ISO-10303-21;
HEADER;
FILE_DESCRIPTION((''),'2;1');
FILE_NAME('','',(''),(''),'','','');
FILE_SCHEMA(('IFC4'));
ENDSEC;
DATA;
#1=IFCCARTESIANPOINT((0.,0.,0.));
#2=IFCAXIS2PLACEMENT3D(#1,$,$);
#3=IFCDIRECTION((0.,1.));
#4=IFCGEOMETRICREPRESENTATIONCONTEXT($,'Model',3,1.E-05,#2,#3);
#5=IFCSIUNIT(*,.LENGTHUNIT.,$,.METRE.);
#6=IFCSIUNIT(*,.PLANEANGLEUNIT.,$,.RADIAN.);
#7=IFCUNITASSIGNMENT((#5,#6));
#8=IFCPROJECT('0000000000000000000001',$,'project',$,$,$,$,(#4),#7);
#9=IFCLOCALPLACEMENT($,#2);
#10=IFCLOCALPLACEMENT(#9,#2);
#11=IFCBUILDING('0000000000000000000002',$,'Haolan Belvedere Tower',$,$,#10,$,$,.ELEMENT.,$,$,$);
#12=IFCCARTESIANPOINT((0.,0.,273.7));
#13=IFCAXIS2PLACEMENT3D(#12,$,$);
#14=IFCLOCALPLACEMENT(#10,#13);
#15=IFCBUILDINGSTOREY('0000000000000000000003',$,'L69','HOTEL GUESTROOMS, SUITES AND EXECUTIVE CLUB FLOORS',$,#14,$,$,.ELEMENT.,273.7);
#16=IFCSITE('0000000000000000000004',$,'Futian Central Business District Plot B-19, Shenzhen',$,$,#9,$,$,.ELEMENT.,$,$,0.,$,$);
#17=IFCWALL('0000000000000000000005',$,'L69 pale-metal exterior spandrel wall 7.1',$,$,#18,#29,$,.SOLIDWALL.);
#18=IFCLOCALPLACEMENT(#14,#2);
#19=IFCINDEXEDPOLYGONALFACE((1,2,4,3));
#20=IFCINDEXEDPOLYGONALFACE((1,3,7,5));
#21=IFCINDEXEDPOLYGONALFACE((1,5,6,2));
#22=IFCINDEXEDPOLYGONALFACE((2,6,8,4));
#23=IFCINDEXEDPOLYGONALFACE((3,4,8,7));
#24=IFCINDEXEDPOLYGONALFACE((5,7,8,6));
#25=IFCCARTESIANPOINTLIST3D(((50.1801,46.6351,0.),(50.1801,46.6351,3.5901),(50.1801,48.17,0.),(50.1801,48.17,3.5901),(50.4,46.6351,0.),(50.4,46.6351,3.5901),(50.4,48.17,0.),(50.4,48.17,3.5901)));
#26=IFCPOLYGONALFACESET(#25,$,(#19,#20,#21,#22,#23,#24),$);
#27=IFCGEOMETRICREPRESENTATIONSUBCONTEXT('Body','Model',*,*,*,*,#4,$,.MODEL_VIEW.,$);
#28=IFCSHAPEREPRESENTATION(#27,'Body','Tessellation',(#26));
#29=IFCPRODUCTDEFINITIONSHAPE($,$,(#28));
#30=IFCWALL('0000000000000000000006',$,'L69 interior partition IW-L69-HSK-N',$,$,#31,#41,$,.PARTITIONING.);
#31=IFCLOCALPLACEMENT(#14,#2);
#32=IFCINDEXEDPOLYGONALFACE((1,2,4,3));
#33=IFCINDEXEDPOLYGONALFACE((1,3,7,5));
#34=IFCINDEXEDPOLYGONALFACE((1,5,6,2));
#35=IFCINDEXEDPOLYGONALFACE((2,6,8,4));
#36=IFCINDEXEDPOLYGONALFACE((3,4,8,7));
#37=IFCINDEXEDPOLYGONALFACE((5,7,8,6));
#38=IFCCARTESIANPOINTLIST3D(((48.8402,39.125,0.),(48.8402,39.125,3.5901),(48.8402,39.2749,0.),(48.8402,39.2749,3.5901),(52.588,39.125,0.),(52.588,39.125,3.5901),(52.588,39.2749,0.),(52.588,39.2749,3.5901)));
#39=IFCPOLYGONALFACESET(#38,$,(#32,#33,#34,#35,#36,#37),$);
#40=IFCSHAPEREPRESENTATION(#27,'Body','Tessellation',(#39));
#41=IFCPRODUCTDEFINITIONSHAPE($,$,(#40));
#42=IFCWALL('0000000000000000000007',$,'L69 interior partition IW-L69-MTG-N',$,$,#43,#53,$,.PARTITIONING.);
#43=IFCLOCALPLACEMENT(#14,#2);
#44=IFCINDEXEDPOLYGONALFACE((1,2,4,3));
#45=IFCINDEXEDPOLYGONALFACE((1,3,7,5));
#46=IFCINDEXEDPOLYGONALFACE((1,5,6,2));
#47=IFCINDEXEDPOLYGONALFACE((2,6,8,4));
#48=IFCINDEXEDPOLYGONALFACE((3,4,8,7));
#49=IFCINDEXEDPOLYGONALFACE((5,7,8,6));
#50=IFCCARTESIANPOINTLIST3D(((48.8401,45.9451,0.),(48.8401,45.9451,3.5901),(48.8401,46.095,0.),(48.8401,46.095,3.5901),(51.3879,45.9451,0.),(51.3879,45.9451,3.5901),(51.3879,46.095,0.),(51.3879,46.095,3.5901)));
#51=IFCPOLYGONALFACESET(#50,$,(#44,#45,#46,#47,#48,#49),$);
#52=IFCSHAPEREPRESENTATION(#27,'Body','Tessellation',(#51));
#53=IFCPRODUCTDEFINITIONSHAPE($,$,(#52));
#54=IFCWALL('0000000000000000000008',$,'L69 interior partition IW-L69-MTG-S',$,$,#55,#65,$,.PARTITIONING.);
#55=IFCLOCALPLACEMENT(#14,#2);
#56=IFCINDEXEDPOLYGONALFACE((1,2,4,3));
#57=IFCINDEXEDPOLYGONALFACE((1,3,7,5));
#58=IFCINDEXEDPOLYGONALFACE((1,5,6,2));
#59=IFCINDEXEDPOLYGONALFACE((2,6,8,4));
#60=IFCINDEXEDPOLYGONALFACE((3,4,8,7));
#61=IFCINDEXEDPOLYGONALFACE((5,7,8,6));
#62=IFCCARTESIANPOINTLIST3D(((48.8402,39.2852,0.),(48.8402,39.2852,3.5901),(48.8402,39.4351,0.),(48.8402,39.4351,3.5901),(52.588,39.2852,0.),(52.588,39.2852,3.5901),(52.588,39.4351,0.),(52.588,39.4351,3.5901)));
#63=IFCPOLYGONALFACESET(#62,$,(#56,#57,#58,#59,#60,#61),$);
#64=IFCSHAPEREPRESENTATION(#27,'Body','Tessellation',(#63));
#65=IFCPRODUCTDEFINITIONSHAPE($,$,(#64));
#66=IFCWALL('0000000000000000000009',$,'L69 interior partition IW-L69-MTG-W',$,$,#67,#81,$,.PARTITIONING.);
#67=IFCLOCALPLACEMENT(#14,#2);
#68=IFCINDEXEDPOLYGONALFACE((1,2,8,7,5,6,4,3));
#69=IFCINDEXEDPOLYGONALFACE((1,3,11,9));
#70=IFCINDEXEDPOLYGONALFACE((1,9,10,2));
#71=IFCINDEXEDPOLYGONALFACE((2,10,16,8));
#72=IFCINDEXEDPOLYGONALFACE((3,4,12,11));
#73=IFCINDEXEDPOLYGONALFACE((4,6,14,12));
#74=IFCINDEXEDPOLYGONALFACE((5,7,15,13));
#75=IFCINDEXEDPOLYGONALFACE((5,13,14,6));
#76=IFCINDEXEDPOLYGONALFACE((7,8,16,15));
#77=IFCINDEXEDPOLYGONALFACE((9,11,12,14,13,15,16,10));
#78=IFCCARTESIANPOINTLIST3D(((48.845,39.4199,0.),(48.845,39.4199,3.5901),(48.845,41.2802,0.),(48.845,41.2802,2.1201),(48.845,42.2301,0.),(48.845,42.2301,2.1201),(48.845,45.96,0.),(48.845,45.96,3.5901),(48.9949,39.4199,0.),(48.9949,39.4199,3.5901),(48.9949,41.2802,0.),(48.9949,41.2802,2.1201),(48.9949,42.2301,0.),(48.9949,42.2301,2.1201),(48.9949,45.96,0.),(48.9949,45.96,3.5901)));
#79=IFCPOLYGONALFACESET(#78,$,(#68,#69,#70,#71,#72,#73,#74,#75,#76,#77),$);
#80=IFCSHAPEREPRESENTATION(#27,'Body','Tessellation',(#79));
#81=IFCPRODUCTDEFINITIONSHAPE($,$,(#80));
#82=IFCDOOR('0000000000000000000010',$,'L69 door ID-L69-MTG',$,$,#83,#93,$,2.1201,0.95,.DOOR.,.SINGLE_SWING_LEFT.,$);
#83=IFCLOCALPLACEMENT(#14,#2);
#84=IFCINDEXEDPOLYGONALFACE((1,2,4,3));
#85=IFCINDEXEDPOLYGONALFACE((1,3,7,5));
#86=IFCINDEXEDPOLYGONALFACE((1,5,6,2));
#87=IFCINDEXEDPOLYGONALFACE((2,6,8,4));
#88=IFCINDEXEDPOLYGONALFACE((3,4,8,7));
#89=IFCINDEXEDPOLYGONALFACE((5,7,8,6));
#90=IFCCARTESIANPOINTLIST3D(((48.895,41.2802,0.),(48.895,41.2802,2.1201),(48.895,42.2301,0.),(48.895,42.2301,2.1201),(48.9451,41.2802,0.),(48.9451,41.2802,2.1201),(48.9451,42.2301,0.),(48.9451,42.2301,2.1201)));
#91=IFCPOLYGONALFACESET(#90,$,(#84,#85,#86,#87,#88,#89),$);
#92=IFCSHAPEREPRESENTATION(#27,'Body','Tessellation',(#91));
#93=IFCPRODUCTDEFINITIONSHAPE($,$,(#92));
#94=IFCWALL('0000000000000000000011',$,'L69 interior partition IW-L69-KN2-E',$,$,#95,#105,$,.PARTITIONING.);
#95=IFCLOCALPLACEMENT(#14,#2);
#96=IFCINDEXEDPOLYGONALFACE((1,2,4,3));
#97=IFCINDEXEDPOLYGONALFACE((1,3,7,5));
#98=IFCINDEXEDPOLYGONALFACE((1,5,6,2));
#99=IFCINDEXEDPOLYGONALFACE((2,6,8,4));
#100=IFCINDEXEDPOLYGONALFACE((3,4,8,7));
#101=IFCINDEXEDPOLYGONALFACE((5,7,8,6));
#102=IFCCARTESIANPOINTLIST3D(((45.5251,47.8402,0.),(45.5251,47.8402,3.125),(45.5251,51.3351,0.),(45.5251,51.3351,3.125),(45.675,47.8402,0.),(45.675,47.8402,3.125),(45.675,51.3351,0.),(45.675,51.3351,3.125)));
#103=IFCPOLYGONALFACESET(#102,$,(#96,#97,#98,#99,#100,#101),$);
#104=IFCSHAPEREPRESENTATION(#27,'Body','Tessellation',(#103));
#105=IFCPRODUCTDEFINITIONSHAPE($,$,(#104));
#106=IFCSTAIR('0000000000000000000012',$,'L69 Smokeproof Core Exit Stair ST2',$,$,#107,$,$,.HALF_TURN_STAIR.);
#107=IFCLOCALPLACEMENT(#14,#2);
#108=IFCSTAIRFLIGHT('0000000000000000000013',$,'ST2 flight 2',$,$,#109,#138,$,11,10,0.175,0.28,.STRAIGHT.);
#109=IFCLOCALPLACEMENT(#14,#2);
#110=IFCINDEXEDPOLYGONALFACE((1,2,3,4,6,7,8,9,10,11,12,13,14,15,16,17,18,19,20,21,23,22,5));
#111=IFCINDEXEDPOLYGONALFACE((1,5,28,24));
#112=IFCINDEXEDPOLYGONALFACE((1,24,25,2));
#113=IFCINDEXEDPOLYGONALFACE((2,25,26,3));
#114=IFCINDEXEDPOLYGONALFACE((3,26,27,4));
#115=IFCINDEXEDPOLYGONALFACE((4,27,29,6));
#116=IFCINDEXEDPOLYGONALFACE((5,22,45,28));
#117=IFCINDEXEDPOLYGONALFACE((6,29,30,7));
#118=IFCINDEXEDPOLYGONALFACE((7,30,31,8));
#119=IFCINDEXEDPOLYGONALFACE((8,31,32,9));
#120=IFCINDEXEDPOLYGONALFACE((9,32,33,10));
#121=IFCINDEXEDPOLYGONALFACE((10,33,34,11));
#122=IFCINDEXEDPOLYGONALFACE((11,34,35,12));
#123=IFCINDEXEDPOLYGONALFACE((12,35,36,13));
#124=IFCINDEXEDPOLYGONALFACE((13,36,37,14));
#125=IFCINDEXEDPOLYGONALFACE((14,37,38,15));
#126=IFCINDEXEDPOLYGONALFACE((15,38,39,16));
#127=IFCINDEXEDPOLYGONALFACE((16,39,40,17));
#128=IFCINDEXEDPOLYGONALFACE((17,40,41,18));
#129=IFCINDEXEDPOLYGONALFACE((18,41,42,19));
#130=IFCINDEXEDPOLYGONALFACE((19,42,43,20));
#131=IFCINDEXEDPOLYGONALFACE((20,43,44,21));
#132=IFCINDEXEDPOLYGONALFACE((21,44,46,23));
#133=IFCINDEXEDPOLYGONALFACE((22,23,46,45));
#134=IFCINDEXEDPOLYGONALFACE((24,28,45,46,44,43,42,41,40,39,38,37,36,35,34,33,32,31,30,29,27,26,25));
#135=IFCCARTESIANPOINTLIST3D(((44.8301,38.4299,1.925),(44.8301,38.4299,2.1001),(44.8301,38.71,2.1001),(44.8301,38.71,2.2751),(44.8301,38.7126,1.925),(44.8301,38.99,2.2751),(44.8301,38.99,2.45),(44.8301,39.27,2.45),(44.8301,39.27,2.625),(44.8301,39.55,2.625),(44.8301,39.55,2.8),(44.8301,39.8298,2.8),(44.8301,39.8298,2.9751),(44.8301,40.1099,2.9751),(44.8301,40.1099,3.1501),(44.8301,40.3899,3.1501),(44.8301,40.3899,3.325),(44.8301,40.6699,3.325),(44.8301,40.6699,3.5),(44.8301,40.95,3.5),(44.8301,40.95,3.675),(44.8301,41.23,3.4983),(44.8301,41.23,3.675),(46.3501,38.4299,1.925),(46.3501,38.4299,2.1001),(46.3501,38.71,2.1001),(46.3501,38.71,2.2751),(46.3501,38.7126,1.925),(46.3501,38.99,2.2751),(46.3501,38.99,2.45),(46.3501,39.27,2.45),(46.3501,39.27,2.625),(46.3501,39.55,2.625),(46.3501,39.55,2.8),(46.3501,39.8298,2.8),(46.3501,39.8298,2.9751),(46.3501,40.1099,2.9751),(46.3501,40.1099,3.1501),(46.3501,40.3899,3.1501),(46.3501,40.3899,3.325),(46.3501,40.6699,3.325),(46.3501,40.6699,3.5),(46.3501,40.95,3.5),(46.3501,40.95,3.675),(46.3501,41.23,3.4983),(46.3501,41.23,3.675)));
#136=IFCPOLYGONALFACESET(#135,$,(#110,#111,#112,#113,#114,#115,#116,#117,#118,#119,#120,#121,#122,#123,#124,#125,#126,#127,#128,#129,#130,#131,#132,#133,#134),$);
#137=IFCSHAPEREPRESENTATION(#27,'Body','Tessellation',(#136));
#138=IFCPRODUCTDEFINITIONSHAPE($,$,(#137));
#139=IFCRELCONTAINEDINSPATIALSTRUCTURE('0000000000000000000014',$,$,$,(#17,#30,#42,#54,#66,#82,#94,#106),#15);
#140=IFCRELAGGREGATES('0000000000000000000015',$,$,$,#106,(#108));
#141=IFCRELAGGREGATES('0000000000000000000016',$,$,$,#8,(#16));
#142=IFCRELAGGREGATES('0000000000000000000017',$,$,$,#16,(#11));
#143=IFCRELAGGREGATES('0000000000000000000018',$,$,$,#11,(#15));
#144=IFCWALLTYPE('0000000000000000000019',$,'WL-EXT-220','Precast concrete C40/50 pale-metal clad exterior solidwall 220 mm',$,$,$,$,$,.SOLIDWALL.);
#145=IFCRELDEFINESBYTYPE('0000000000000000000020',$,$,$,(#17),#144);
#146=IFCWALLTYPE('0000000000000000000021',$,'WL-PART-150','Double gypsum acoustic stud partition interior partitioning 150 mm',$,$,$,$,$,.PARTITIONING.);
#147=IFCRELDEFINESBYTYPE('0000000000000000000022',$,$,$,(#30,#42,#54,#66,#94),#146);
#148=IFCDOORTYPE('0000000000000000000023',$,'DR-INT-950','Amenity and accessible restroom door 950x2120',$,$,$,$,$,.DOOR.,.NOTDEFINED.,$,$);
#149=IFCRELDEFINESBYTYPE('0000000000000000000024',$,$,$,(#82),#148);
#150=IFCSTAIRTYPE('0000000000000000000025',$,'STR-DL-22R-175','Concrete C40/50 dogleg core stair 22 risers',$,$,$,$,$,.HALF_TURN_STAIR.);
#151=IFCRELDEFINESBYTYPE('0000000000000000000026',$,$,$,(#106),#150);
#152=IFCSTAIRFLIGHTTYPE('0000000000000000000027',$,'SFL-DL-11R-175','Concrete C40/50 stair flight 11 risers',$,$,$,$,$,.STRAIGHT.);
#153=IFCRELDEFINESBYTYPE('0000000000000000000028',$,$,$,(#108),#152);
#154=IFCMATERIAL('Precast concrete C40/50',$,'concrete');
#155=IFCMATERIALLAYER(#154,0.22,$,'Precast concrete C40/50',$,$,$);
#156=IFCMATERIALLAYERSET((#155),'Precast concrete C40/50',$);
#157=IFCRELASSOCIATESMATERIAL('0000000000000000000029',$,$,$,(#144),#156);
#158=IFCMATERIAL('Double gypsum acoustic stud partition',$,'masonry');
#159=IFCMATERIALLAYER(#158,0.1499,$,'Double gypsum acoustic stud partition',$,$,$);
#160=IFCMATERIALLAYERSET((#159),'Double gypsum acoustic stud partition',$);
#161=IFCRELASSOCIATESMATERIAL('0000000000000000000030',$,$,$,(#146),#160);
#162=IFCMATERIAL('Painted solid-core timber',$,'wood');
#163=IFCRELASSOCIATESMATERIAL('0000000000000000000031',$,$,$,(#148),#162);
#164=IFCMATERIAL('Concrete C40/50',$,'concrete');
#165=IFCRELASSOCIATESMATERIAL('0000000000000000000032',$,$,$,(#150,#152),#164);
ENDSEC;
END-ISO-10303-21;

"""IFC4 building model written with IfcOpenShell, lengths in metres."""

from ifc_helpers import new_model, si_unit, direction, frame, frame_2d, origin, place, context, subcontext, project, spatial, polyline, rectangle, outline, extrude, material, layer, layer_set, type_object, element, fill, aggregate, save


model = new_model("IFC4")

# Units and contexts
model_context = context("Model", 3, precision=1e-05, world=origin(), true_north=direction((0.0, 1.0)))
body_context = subcontext(model_context, "Body", "Model", "MODEL_VIEW")
ifc_project = project(units=[si_unit("LENGTHUNIT", "METRE"), si_unit("PLANEANGLEUNIT", "RADIAN")], contexts=[model_context])

# Site, building, storey
site_placement = place(None, origin())
site = spatial("IfcSite", under=ifc_project, at=site_placement, Name="Futian Central Business District Plot B-19, Shenzhen", CompositionType="ELEMENT", RefElevation=0.0)
building_placement = place(site_placement, origin())
building = spatial("IfcBuilding", under=site, at=building_placement, Name="Haolan Belvedere Tower", CompositionType="ELEMENT")
storey_placement = place(building_placement, frame((0.0, 0.0, 273.7)))
storey = spatial("IfcBuildingStorey", under=building, at=storey_placement, Name="L69", Description="HOTEL GUESTROOMS, SUITES AND EXECUTIVE CLUB FLOORS", CompositionType="ELEMENT", Elevation=273.7)

# Shared definitions
ifc_material_1 = material(Name="Precast concrete C40/50", Category="concrete")
ifc_layer_1 = layer(ifc_material_1, 0.22, Name="Precast concrete C40/50")
ifc_layer_set_1 = layer_set([ifc_layer_1], Name="Precast concrete C40/50")
wall_type_1 = type_object("IfcWallType", Name="WL-EXT-220", Description="Precast concrete C40/50 pale-metal clad exterior solidwall 220 mm", PredefinedType="SOLIDWALL", material=ifc_layer_set_1)

# Wall
wall_1_placement = place(storey_placement, frame((50.29, 46.635, 0.0), z_axis=(0.0, 0.0, 1.0), x_axis=(0.0, 1.0, 0.0)))
element("IfcWall", 1, at=wall_1_placement, inside=storey, type_object=wall_type_1, Name="L69 pale-metal exterior spandrel wall 7.1", PredefinedType="SOLIDWALL", context=body_context, shape_type="SweptSolid", body=[
    extrude(rectangle(XDim=1.5349, YDim=0.22, at=frame_2d((0.7676, 0.0))), origin(), (0.0, 0.0, 1.0), 3.5901),
])

# Shared definitions
ifc_material_2 = material(Name="Concrete C40/50", Category="concrete")

# Walls
ifc_material_3 = material(Name="Double gypsum acoustic stud partition", Category="masonry")
ifc_layer_2 = layer(ifc_material_3, 0.1499, Name="Double gypsum acoustic stud partition")
ifc_layer_set_2 = layer_set([ifc_layer_2], Name="Double gypsum acoustic stud partition")
wall_type_2 = type_object("IfcWallType", Name="WL-PART-150", Description="Double gypsum acoustic stud partition interior partitioning 150 mm", PredefinedType="PARTITIONING", material=ifc_layer_set_2)
wall_2_placement = place(storey_placement, frame((48.8401, 39.2, 0.0), z_axis=(0.0, 0.0, 1.0), x_axis=(1.0, 0.0, 0.0)))
element("IfcWall", 2, at=wall_2_placement, inside=storey, type_object=wall_type_2, Name="L69 interior partition IW-L69-HSK-N", PredefinedType="PARTITIONING", context=body_context, shape_type="SweptSolid", body=[
    extrude(rectangle(XDim=3.7478, YDim=0.1499, at=frame_2d((1.874, 0.0))), origin(), (0.0, 0.0, 1.0), 3.5901),
])
wall_3_placement = place(storey_placement, frame((48.8401, 46.02, 0.0), z_axis=(0.0, 0.0, 1.0), x_axis=(1.0, 0.0, 0.0)))
element("IfcWall", 3, at=wall_3_placement, inside=storey, type_object=wall_type_2, Name="L69 interior partition IW-L69-MTG-N", PredefinedType="PARTITIONING", context=body_context, shape_type="SweptSolid", body=[
    extrude(rectangle(XDim=2.5479, YDim=0.1499, at=frame_2d((1.2739, 0.0))), origin(), (0.0, 0.0, 1.0), 3.5901),
])
wall_4_placement = place(storey_placement, frame((48.8401, 39.3601, 0.0), z_axis=(0.0, 0.0, 1.0), x_axis=(1.0, 0.0, 0.0)))
element("IfcWall", 4, at=wall_4_placement, inside=storey, type_object=wall_type_2, Name="L69 interior partition IW-L69-MTG-S", PredefinedType="PARTITIONING", context=body_context, shape_type="SweptSolid", body=[
    extrude(rectangle(XDim=3.7478, YDim=0.1499, at=frame_2d((1.874, 0.0))), origin(), (0.0, 0.0, 1.0), 3.5901),
])

# Wall, opening, door
wall_5_placement = place(storey_placement, frame((48.9199, 39.4199, 0.0), z_axis=(0.0, 0.0, 1.0), x_axis=(0.0, 1.0, 0.0)))
wall_5 = element("IfcWall", 5, at=wall_5_placement, inside=storey, type_object=wall_type_2, Name="L69 interior partition IW-L69-MTG-W", PredefinedType="PARTITIONING", context=body_context, shape_type="SweptSolid", body=[
    extrude(rectangle(XDim=6.54, YDim=0.1499, at=frame_2d((3.27, 0.0))), origin(), (0.0, 0.0, 1.0), 3.5901),
])
opening_1_placement = place(wall_5_placement, frame((1.8601, 0.0, 0.0)))
opening_1 = element("IfcOpeningElement", 6, at=opening_1_placement, cuts=wall_5, PredefinedType="OPENING", context=body_context, shape_type="SweptSolid", body=[
    extrude(rectangle(XDim=0.95, YDim=2.1201, at=frame_2d((0.4751, 1.0601))), frame((0.0, 0.085, 0.0), z_axis=(0.0, -1.0, 0.0), x_axis=(1.0, 0.0, 0.0)), (0.0, 0.0, 1.0), 0.1699),
])
ifc_material_4 = material(Name="Painted solid-core timber", Category="wood")
door_type_1 = type_object("IfcDoorType", Name="DR-INT-950", Description="Amenity and accessible restroom door 950x2120", OperationType="NOTDEFINED", PredefinedType="DOOR", material=ifc_material_4)
door_1_placement = place(opening_1_placement, origin())
door_1 = element("IfcDoor", 7, at=door_1_placement, inside=storey, type_object=door_type_1, Name="L69 door ID-L69-MTG", OperationType="SINGLE_SWING_LEFT", OverallHeight=2.1201, OverallWidth=0.95, PredefinedType="DOOR", context=body_context, shape_type="SweptSolid", body=[
    extrude(rectangle(XDim=0.95, YDim=2.1201, at=frame_2d((0.4751, 1.0601))), frame((0.0, 0.0249, 0.0), z_axis=(0.0, -1.0, 0.0), x_axis=(1.0, 0.0, 0.0)), (0.0, 0.0, 1.0), 0.05),
])
fill(opening_1, door_1)

# Wall
wall_6_placement = place(storey_placement, frame((45.6001, 47.8401, 0.0), z_axis=(0.0, 0.0, 1.0), x_axis=(0.0, 1.0, 0.0)))
element("IfcWall", 8, at=wall_6_placement, inside=storey, type_object=wall_type_2, Name="L69 interior partition IW-L69-KN2-E", PredefinedType="PARTITIONING", context=body_context, shape_type="SweptSolid", body=[
    extrude(rectangle(XDim=3.4949, YDim=0.1499, at=frame_2d((1.7476, 0.0))), origin(), (0.0, 0.0, 1.0), 3.125),
])

# Stair, stair flight
stair_type = type_object("IfcStairType", Name="STR-DL-22R-175", Description="Concrete C40/50 dogleg core stair 22 risers", PredefinedType="HALF_TURN_STAIR", material=ifc_material_2)
stair_placement = place(storey_placement, origin())
stair = element("IfcStair", 9, at=stair_placement, inside=storey, type_object=stair_type, Name="L69 Smokeproof Core Exit Stair ST2", PredefinedType="HALF_TURN_STAIR")
stair_flight_type = type_object("IfcStairFlightType", Name="SFL-DL-11R-175", Description="Concrete C40/50 stair flight 11 risers", PredefinedType="STRAIGHT", material=ifc_material_2)
stair_flight_placement = place(storey_placement, frame((45.5901, 38.4299, 1.925), z_axis=(0.0, 0.0, 1.0), x_axis=(0.0, 1.0, 0.0)))
stair_flight = element("IfcStairFlight", 10, at=stair_flight_placement, type_object=stair_flight_type, Name="ST2 flight 2", NumberOfRisers=11, NumberOfTreads=10, PredefinedType="STRAIGHT", RiserHeight=0.175, TreadLength=0.28, context=body_context, shape_type="SweptSolid", body=[
    extrude(outline(polyline([(0.0, 0.0), (0.0, 0.175), (0.28, 0.175), (0.28, 0.3501), (0.5601, 0.3501), (0.5601, 0.5249), (0.8401, 0.5249), (0.8401, 0.7), (1.1201, 0.7), (1.1201, 0.875), (1.3999, 0.875), (1.3999, 1.05), (1.6799, 1.05), (1.6799, 1.2251), (1.96, 1.2251), (1.96, 1.3999), (2.24, 1.3999), (2.24, 1.575), (2.52, 1.575), (2.52, 1.75), (2.8, 1.75), (2.8, 1.925), (2.8, 1.5732), (0.2827, 0.0), (0.0, 0.0)])), frame((0.0, 0.76, 0.0), z_axis=(0.0, -1.0, 0.0), x_axis=(1.0, 0.0, 0.0)), (0.0, 0.0, 1.0), 1.52),
])
aggregate(stair, [stair_flight])

save(model, "model.ifc")
